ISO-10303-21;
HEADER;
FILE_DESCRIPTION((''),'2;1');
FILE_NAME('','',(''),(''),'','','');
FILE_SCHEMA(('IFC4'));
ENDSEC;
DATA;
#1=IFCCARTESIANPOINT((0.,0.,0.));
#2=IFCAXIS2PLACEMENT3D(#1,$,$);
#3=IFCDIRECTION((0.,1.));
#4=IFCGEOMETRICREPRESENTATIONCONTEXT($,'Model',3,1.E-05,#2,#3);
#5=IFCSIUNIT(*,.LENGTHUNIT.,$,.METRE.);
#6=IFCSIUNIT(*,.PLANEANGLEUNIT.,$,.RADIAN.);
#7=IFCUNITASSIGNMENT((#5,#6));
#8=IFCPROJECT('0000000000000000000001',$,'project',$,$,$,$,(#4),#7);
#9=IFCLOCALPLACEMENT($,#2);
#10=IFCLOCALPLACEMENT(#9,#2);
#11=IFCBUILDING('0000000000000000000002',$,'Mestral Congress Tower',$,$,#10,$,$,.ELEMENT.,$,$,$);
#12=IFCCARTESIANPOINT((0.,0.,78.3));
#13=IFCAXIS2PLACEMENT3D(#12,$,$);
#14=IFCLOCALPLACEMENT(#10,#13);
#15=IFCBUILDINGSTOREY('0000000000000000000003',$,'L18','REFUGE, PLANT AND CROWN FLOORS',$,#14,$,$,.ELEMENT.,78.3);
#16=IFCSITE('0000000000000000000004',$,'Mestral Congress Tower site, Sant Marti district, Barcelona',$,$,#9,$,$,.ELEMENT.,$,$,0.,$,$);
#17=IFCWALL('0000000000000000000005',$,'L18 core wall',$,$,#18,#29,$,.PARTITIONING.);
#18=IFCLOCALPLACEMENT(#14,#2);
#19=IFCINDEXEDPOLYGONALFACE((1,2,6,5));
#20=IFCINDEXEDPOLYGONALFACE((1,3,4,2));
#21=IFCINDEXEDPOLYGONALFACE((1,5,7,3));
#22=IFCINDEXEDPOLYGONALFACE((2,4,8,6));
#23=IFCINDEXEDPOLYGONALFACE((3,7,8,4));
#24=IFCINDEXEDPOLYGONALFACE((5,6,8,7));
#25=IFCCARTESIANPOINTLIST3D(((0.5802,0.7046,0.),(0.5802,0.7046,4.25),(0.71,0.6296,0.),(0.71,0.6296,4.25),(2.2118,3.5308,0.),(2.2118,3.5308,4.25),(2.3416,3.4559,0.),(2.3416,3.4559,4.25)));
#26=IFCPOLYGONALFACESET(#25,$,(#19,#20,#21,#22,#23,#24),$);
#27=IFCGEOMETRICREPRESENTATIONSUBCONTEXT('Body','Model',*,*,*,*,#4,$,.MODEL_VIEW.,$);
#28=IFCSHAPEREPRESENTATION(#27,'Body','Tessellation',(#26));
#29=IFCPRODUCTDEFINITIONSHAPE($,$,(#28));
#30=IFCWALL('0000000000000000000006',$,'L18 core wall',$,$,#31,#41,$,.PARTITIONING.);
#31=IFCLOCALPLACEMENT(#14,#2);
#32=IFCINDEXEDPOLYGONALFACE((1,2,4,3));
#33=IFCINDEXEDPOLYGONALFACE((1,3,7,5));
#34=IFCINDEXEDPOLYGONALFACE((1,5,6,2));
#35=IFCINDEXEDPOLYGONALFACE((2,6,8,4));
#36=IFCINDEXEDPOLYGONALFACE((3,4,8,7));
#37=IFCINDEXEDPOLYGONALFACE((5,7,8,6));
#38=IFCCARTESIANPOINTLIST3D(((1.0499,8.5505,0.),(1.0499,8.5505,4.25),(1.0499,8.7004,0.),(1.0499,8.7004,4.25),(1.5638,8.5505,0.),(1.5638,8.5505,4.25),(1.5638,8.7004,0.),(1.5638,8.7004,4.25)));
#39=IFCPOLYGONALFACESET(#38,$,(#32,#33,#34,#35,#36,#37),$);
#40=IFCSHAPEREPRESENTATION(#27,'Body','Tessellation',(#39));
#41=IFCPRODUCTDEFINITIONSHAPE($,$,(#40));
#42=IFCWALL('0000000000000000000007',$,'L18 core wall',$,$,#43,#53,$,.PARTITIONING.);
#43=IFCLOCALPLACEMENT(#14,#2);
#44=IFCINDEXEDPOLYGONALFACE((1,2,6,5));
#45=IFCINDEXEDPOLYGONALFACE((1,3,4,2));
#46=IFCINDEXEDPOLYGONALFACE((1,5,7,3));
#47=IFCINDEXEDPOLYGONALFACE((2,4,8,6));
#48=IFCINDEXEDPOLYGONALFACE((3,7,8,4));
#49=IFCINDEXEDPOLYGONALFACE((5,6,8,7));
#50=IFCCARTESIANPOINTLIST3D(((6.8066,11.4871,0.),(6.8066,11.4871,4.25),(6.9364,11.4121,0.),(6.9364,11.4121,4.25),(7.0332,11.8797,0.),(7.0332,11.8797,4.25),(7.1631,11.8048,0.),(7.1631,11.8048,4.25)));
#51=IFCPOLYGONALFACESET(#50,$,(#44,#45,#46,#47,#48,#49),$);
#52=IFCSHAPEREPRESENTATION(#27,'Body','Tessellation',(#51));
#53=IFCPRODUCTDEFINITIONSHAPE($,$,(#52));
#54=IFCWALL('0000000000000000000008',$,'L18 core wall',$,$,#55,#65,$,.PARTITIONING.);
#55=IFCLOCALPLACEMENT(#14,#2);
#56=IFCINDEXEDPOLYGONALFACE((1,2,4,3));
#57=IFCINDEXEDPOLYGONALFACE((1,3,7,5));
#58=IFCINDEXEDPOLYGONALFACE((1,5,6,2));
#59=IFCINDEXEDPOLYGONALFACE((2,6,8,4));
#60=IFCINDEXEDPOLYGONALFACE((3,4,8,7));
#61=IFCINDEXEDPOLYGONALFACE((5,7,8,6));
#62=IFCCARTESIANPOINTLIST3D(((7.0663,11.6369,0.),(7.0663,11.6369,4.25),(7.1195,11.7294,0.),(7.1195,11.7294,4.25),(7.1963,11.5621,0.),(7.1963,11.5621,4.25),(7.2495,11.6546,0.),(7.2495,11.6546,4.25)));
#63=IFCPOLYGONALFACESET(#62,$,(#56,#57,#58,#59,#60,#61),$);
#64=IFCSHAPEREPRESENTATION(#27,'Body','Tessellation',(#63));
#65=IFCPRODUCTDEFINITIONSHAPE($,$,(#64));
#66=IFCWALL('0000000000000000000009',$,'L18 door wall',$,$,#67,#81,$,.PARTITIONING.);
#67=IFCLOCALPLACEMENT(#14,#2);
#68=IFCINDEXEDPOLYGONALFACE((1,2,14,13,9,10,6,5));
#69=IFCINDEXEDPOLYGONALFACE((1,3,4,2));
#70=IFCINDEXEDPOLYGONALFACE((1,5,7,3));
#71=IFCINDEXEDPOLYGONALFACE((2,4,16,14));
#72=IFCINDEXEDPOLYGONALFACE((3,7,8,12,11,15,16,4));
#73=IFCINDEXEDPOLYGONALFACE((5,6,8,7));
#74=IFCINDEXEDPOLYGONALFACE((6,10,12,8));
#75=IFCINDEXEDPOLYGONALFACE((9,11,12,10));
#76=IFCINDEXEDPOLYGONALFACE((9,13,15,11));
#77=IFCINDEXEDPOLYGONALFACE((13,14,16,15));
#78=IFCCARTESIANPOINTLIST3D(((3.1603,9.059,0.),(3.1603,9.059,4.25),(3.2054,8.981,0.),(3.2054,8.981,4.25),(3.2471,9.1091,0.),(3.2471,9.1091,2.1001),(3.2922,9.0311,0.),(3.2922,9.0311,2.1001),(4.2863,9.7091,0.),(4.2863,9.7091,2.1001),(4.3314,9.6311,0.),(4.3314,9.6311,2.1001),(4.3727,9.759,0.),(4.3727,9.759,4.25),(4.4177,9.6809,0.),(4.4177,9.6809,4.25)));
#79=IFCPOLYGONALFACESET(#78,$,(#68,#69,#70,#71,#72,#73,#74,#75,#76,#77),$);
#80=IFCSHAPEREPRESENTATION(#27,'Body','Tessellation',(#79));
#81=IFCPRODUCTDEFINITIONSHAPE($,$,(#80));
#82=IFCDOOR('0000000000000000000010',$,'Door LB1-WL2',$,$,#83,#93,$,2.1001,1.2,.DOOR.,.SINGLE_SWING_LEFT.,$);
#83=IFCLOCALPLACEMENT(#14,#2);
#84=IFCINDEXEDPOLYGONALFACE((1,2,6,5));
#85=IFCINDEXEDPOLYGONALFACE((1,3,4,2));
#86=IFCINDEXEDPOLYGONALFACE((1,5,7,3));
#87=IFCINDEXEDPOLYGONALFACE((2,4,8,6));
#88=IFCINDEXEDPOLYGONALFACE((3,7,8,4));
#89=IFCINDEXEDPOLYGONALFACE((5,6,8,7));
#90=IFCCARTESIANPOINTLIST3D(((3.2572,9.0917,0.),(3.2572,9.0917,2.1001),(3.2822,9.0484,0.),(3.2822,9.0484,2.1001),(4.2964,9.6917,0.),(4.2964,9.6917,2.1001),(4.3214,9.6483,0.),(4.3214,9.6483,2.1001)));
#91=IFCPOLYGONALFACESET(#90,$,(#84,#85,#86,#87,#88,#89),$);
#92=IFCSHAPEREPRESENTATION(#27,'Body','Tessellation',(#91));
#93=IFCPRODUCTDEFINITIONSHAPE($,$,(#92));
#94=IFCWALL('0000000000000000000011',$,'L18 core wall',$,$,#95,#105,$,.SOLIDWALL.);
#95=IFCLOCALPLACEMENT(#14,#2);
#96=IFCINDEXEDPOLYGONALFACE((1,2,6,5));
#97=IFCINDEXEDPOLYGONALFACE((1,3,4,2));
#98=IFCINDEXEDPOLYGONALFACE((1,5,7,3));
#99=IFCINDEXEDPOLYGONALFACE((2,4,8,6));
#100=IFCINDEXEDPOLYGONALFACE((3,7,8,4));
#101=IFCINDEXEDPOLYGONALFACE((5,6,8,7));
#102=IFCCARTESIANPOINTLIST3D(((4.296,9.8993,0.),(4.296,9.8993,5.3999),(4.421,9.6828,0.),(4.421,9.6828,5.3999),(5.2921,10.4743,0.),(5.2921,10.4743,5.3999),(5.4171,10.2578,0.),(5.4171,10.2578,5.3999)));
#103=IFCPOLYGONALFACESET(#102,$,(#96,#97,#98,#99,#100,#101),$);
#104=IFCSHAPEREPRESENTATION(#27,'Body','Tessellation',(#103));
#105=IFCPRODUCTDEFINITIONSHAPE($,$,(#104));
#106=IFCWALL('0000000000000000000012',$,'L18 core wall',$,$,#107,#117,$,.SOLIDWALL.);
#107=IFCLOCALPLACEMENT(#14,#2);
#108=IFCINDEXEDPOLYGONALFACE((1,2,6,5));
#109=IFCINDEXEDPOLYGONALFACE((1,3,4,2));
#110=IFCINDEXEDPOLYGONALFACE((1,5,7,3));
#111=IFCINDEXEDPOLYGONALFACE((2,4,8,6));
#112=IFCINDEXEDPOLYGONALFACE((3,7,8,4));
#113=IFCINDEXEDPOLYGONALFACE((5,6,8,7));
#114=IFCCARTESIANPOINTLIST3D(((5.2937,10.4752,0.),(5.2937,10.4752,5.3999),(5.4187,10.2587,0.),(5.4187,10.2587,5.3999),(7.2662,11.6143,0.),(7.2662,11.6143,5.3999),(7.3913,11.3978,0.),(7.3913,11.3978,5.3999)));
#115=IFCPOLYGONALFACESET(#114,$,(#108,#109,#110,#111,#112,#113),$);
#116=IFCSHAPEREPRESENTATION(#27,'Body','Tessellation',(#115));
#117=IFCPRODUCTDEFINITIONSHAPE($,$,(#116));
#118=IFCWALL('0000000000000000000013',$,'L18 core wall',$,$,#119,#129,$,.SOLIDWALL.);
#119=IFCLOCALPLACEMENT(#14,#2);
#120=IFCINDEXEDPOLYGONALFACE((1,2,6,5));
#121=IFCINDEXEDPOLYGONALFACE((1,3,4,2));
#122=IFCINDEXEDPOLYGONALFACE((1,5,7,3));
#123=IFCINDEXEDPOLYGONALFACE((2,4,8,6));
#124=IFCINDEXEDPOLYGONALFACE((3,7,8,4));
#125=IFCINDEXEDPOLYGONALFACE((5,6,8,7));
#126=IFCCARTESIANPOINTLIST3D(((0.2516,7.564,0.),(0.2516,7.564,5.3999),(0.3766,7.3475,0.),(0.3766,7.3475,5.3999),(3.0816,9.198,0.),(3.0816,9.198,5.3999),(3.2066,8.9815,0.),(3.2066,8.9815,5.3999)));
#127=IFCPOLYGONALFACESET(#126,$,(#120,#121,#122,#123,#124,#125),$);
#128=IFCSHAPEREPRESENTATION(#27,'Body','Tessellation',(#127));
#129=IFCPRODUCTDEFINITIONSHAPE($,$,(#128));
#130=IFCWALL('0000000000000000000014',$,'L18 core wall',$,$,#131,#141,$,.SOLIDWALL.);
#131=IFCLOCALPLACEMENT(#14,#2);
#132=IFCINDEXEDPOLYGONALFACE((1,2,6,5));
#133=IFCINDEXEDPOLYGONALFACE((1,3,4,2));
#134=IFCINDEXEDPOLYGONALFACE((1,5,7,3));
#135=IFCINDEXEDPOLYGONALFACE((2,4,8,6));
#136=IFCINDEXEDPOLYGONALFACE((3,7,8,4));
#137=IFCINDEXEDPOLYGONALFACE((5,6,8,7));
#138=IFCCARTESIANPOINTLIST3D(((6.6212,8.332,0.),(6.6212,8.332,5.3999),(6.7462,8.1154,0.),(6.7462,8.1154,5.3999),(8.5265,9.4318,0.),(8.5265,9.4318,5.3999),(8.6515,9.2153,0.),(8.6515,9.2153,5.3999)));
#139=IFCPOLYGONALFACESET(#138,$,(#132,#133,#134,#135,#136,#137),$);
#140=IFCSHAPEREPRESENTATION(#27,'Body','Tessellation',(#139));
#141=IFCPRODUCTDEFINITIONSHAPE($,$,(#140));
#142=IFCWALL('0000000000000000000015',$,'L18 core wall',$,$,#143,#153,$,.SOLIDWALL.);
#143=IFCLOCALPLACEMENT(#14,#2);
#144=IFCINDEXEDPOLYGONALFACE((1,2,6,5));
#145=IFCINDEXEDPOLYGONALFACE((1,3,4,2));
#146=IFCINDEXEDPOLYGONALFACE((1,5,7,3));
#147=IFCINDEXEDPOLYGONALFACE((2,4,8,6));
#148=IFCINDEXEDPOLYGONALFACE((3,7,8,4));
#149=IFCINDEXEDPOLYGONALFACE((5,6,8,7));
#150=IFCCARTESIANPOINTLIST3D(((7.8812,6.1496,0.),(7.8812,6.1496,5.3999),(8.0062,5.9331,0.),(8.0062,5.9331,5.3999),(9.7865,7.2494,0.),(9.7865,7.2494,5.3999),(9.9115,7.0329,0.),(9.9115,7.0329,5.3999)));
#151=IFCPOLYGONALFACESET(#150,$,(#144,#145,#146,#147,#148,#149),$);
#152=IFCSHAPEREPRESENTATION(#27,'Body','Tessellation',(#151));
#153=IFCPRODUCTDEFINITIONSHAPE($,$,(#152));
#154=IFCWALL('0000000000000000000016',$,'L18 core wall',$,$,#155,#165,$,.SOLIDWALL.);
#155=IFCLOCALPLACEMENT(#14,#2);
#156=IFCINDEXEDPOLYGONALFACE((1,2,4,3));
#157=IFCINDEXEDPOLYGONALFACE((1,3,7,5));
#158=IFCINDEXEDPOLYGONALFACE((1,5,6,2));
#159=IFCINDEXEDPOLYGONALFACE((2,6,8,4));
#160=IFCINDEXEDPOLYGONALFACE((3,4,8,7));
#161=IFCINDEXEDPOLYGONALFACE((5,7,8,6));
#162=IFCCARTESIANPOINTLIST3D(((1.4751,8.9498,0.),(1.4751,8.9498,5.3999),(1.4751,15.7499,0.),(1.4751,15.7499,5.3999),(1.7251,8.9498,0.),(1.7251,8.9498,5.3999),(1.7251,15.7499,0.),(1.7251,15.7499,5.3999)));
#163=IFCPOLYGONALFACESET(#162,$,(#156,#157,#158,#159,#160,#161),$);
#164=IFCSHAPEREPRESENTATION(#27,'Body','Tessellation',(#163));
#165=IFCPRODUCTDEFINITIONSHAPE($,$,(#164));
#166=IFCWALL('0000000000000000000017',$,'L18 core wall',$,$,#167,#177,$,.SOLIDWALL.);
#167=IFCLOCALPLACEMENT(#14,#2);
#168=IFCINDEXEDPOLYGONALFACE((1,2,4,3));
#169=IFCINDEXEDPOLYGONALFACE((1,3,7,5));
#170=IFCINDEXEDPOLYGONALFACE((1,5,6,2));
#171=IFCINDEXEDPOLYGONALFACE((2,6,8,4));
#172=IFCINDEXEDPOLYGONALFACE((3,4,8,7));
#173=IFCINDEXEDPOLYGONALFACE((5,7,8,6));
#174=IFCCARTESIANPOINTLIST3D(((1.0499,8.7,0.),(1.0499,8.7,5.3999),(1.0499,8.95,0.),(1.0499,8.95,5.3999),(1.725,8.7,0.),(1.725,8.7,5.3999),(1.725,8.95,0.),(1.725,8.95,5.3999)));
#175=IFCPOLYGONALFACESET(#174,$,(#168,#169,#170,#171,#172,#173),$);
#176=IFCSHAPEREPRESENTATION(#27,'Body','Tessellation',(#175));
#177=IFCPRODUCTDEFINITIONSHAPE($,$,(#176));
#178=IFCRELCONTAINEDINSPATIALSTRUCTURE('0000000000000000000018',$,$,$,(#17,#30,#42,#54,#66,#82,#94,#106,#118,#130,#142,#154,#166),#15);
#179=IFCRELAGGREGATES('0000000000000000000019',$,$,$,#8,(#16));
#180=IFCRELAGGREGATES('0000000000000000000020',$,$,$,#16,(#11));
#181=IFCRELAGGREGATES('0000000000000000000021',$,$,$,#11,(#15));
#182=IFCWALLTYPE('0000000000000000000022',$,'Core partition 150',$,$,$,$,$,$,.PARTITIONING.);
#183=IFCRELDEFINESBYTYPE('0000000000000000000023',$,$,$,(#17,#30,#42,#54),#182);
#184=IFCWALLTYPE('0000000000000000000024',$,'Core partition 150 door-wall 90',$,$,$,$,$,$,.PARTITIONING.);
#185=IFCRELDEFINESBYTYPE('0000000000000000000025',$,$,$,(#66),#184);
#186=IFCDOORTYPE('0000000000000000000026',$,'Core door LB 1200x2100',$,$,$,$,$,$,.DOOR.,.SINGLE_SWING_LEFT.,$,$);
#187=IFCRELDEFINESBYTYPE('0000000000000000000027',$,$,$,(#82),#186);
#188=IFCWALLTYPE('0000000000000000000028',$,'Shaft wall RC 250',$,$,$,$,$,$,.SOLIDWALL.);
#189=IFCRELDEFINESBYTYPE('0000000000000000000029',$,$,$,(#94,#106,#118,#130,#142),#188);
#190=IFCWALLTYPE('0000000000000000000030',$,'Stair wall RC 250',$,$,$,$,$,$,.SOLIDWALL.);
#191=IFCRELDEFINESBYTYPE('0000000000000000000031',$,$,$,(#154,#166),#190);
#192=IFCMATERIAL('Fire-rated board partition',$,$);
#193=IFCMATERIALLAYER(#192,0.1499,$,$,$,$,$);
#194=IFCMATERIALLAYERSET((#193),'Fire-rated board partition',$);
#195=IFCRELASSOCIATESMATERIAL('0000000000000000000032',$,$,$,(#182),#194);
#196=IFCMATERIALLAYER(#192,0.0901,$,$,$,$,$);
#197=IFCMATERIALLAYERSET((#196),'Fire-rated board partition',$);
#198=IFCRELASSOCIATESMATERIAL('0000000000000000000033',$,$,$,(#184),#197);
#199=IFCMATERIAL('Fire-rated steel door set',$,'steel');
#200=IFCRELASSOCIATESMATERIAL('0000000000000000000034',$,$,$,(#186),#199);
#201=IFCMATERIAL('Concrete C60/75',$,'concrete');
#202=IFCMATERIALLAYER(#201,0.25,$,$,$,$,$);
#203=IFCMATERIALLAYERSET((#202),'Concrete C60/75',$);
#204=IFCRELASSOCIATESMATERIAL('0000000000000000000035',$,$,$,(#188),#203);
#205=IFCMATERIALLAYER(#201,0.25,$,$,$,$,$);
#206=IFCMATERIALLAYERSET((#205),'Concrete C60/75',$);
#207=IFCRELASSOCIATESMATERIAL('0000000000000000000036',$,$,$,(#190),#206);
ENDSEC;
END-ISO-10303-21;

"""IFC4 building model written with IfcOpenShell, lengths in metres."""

from ifc_helpers import new_model, si_unit, direction, frame, frame_2d, origin, place, context, subcontext, project, spatial, rectangle, extrude, material, layer, layer_set, type_object, element, fill, save


model = new_model("IFC4")

# Units and contexts
model_context = context("Model", 3, precision=1e-05, world=origin(), true_north=direction((0.0, 1.0)))
body_context = subcontext(model_context, "Body", "Model", "MODEL_VIEW")
ifc_project = project(units=[si_unit("LENGTHUNIT", "METRE"), si_unit("PLANEANGLEUNIT", "RADIAN")], contexts=[model_context])

# Site, building, storey
site_placement = place(None, origin())
site = spatial("IfcSite", under=ifc_project, at=site_placement, Name="Mestral Congress Tower site, Sant Marti district, Barcelona", CompositionType="ELEMENT", RefElevation=0.0)
building_placement = place(site_placement, origin())
building = spatial("IfcBuilding", under=site, at=building_placement, Name="Mestral Congress Tower", CompositionType="ELEMENT")
storey_placement = place(building_placement, frame((0.0, 0.0, 78.3)))
storey = spatial("IfcBuildingStorey", under=building, at=storey_placement, Name="L18", Description="REFUGE, PLANT AND CROWN FLOORS", CompositionType="ELEMENT", Elevation=78.3)

# Walls
ifc_material_1 = material(Name="Fire-rated board partition")
ifc_layer_1 = layer(ifc_material_1, 0.1499)
ifc_layer_set_1 = layer_set([ifc_layer_1], Name="Fire-rated board partition")
wall_type_1 = type_object("IfcWallType", Name="Core partition 150", PredefinedType="PARTITIONING", material=ifc_layer_set_1)
wall_1_placement = place(storey_placement, frame((0.645, 0.667, 0.0), z_axis=(0.0, 0.0, 1.0), x_axis=(0.499977, 0.866039, 0.0)))
element("IfcWall", 1, at=wall_1_placement, inside=storey, type_object=wall_type_1, Name="L18 core wall", PredefinedType="PARTITIONING", context=body_context, shape_type="SweptSolid", body=[
    extrude(rectangle(XDim=3.2634, YDim=0.1499, at=frame_2d((1.6318, 0.0))), origin(), (0.0, 0.0, 1.0), 4.25),
])
wall_2_placement = place(storey_placement, frame((1.05, 8.6255, 0.0), z_axis=(0.0, 0.0, 1.0), x_axis=(1.0, 0.0, 0.0)))
element("IfcWall", 2, at=wall_2_placement, inside=storey, type_object=wall_type_1, Name="L18 core wall", PredefinedType="PARTITIONING", context=body_context, shape_type="SweptSolid", body=[
    extrude(rectangle(XDim=0.5139, YDim=0.1499, at=frame_2d((0.2568, 0.0))), origin(), (0.0, 0.0, 1.0), 4.25),
])
wall_3_placement = place(storey_placement, frame((6.8716, 11.4497, 0.0), z_axis=(0.0, 0.0, 1.0), x_axis=(0.499847, 0.866114, 0.0)))
element("IfcWall", 3, at=wall_3_placement, inside=storey, type_object=wall_type_1, Name="L18 core wall", PredefinedType="PARTITIONING", context=body_context, shape_type="SweptSolid", body=[
    extrude(rectangle(XDim=0.4534, YDim=0.1499, at=frame_2d((0.2266, 0.0))), origin(), (0.0, 0.0, 1.0), 4.25),
])
wall_4_placement = place(storey_placement, frame((7.1313, 11.5996, 0.0), z_axis=(0.0, 0.0, 1.0), x_axis=(0.4986, 0.866832, 0.0)))
element("IfcWall", 4, at=wall_4_placement, inside=storey, type_object=wall_type_1, Name="L18 core wall", PredefinedType="PARTITIONING", context=body_context, shape_type="SweptSolid", body=[
    extrude(rectangle(XDim=0.1067, YDim=0.1499, at=frame_2d((0.0532, 0.0))), origin(), (0.0, 0.0, 1.0), 4.25),
])

# Wall, opening, door
ifc_layer_2 = layer(ifc_material_1, 0.0901)
ifc_layer_set_2 = layer_set([ifc_layer_2], Name="Fire-rated board partition")
wall_type_2 = type_object("IfcWallType", Name="Core partition 150 door-wall 90", PredefinedType="PARTITIONING", material=ifc_layer_set_2)
wall_5_placement = place(storey_placement, frame((3.1829, 9.02, 0.0), z_axis=(0.0, 0.0, 1.0), x_axis=(0.866035, 0.499984, 0.0)))
wall_5 = element("IfcWall", 5, at=wall_5_placement, inside=storey, type_object=wall_type_2, Name="L18 door wall", PredefinedType="PARTITIONING", context=body_context, shape_type="SweptSolid", body=[
    extrude(rectangle(XDim=1.3999, YDim=0.0901, at=frame_2d((0.7, 0.0))), origin(), (0.0, 0.0, 1.0), 4.25),
])
opening_1_placement = place(wall_5_placement, frame((0.1001, 0.0, 0.0)))
opening_1 = element("IfcOpeningElement", 6, at=opening_1_placement, cuts=wall_5, PredefinedType="OPENING", context=body_context, shape_type="SweptSolid", body=[
    extrude(rectangle(XDim=1.2, YDim=2.1001, at=frame_2d((0.6001, 1.05))), frame((0.0, 0.0549, 0.0), z_axis=(0.0, -1.0, 0.0), x_axis=(1.0, 0.0, 0.0)), (0.0, 0.0, 1.0), 0.1101),
])
ifc_material_2 = material(Name="Fire-rated steel door set", Category="steel")
door_type_1 = type_object("IfcDoorType", Name="Core door LB 1200x2100", OperationType="SINGLE_SWING_LEFT", PredefinedType="DOOR", material=ifc_material_2)
door_1_placement = place(opening_1_placement, origin())
door_1 = element("IfcDoor", 7, at=door_1_placement, inside=storey, type_object=door_type_1, Name="Door LB1-WL2", OperationType="SINGLE_SWING_LEFT", OverallHeight=2.1001, OverallWidth=1.2, PredefinedType="DOOR", context=body_context, shape_type="SweptSolid", body=[
    extrude(rectangle(XDim=1.2, YDim=2.1001, at=frame_2d((0.6001, 1.05))), frame((0.0, 0.0249, 0.0), z_axis=(0.0, -1.0, 0.0), x_axis=(1.0, 0.0, 0.0)), (0.0, 0.0, 1.0), 0.05),
])
fill(opening_1, door_1)

# Walls
ifc_material_3 = material(Name="Concrete C60/75", Category="concrete")
ifc_layer_3 = layer(ifc_material_3, 0.25)
ifc_layer_set_3 = layer_set([ifc_layer_3], Name="Concrete C60/75")
wall_type_3 = type_object("IfcWallType", Name="Shaft wall RC 250", PredefinedType="SOLIDWALL", material=ifc_layer_set_3)
wall_6_placement = place(storey_placement, frame((4.3584, 9.791, 0.0), z_axis=(0.0, 0.0, 1.0), x_axis=(0.86608, 0.499906, 0.0)))
element("IfcWall", 8, at=wall_6_placement, inside=storey, type_object=wall_type_3, Name="L18 core wall", PredefinedType="SOLIDWALL", context=body_context, shape_type="SweptSolid", body=[
    extrude(rectangle(XDim=1.1501, YDim=0.25, at=frame_2d((0.5752, 0.0))), origin(), (0.0, 0.0, 1.0), 5.3999),
])
wall_7_placement = place(storey_placement, frame((5.3562, 10.3669, 0.0), z_axis=(0.0, 0.0, 1.0), x_axis=(0.865979, 0.500081, 0.0)))
element("IfcWall", 9, at=wall_7_placement, inside=storey, type_object=wall_type_3, Name="L18 core wall", PredefinedType="SOLIDWALL", context=body_context, shape_type="SweptSolid", body=[
    extrude(rectangle(XDim=2.2778, YDim=0.25, at=frame_2d((1.1389, 0.0))), origin(), (0.0, 0.0, 1.0), 5.3999),
])
wall_8_placement = place(storey_placement, frame((0.3142, 7.4558, 0.0), z_axis=(0.0, 0.0, 1.0), x_axis=(0.866014, 0.50002, 0.0)))
element("IfcWall", 10, at=wall_8_placement, inside=storey, type_object=wall_type_3, Name="L18 core wall", PredefinedType="SOLIDWALL", context=body_context, shape_type="SweptSolid", body=[
    extrude(rectangle(XDim=3.2678, YDim=0.25, at=frame_2d((1.6338, 0.0))), origin(), (0.0, 0.0, 1.0), 5.3999),
])
for number, where, z_axis, x_axis, name in (
    (11, (6.6836, 8.2236, 0.0), (0.0, 0.0, 1.0), (0.866056, 0.499947, 0.0), "L18 core wall"),
    (12, (7.9436, 6.0413, 0.0), (0.0, 0.0, 1.0), (0.866056, 0.499947, 0.0), "L18 core wall"),
):
    element("IfcWall", number, at=place(storey_placement, frame(where, z_axis=z_axis, x_axis=x_axis)), inside=storey, type_object=wall_type_3, Name=name, PredefinedType="SOLIDWALL", context=body_context, shape_type="SweptSolid", body=[
        extrude(rectangle(XDim=2.2, YDim=0.25, at=frame_2d((1.1001, 0.0))), origin(), (0.0, 0.0, 1.0), 5.3999),
    ])
ifc_layer_4 = layer(ifc_material_3, 0.25)
ifc_layer_set_4 = layer_set([ifc_layer_4], Name="Concrete C60/75")
wall_type_4 = type_object("IfcWallType", Name="Stair wall RC 250", PredefinedType="SOLIDWALL", material=ifc_layer_set_4)
wall_9_placement = place(storey_placement, frame((1.6001, 8.95, 0.0), z_axis=(0.0, 0.0, 1.0), x_axis=(0.0, 1.0, 0.0)))
element("IfcWall", 13, at=wall_9_placement, inside=storey, type_object=wall_type_4, Name="L18 core wall", PredefinedType="SOLIDWALL", context=body_context, shape_type="SweptSolid", body=[
    extrude(rectangle(XDim=6.8, YDim=0.25, at=frame_2d((3.3999, 0.0))), origin(), (0.0, 0.0, 1.0), 5.3999),
])
wall_10_placement = place(storey_placement, frame((1.05, 8.825, 0.0), z_axis=(0.0, 0.0, 1.0), x_axis=(1.0, 0.0, 0.0)))
element("IfcWall", 14, at=wall_10_placement, inside=storey, type_object=wall_type_4, Name="L18 core wall", PredefinedType="SOLIDWALL", context=body_context, shape_type="SweptSolid", body=[
    extrude(rectangle(XDim=0.675, YDim=0.25, at=frame_2d((0.3374, 0.0))), origin(), (0.0, 0.0, 1.0), 5.3999),
])

save(model, "model.ifc")
